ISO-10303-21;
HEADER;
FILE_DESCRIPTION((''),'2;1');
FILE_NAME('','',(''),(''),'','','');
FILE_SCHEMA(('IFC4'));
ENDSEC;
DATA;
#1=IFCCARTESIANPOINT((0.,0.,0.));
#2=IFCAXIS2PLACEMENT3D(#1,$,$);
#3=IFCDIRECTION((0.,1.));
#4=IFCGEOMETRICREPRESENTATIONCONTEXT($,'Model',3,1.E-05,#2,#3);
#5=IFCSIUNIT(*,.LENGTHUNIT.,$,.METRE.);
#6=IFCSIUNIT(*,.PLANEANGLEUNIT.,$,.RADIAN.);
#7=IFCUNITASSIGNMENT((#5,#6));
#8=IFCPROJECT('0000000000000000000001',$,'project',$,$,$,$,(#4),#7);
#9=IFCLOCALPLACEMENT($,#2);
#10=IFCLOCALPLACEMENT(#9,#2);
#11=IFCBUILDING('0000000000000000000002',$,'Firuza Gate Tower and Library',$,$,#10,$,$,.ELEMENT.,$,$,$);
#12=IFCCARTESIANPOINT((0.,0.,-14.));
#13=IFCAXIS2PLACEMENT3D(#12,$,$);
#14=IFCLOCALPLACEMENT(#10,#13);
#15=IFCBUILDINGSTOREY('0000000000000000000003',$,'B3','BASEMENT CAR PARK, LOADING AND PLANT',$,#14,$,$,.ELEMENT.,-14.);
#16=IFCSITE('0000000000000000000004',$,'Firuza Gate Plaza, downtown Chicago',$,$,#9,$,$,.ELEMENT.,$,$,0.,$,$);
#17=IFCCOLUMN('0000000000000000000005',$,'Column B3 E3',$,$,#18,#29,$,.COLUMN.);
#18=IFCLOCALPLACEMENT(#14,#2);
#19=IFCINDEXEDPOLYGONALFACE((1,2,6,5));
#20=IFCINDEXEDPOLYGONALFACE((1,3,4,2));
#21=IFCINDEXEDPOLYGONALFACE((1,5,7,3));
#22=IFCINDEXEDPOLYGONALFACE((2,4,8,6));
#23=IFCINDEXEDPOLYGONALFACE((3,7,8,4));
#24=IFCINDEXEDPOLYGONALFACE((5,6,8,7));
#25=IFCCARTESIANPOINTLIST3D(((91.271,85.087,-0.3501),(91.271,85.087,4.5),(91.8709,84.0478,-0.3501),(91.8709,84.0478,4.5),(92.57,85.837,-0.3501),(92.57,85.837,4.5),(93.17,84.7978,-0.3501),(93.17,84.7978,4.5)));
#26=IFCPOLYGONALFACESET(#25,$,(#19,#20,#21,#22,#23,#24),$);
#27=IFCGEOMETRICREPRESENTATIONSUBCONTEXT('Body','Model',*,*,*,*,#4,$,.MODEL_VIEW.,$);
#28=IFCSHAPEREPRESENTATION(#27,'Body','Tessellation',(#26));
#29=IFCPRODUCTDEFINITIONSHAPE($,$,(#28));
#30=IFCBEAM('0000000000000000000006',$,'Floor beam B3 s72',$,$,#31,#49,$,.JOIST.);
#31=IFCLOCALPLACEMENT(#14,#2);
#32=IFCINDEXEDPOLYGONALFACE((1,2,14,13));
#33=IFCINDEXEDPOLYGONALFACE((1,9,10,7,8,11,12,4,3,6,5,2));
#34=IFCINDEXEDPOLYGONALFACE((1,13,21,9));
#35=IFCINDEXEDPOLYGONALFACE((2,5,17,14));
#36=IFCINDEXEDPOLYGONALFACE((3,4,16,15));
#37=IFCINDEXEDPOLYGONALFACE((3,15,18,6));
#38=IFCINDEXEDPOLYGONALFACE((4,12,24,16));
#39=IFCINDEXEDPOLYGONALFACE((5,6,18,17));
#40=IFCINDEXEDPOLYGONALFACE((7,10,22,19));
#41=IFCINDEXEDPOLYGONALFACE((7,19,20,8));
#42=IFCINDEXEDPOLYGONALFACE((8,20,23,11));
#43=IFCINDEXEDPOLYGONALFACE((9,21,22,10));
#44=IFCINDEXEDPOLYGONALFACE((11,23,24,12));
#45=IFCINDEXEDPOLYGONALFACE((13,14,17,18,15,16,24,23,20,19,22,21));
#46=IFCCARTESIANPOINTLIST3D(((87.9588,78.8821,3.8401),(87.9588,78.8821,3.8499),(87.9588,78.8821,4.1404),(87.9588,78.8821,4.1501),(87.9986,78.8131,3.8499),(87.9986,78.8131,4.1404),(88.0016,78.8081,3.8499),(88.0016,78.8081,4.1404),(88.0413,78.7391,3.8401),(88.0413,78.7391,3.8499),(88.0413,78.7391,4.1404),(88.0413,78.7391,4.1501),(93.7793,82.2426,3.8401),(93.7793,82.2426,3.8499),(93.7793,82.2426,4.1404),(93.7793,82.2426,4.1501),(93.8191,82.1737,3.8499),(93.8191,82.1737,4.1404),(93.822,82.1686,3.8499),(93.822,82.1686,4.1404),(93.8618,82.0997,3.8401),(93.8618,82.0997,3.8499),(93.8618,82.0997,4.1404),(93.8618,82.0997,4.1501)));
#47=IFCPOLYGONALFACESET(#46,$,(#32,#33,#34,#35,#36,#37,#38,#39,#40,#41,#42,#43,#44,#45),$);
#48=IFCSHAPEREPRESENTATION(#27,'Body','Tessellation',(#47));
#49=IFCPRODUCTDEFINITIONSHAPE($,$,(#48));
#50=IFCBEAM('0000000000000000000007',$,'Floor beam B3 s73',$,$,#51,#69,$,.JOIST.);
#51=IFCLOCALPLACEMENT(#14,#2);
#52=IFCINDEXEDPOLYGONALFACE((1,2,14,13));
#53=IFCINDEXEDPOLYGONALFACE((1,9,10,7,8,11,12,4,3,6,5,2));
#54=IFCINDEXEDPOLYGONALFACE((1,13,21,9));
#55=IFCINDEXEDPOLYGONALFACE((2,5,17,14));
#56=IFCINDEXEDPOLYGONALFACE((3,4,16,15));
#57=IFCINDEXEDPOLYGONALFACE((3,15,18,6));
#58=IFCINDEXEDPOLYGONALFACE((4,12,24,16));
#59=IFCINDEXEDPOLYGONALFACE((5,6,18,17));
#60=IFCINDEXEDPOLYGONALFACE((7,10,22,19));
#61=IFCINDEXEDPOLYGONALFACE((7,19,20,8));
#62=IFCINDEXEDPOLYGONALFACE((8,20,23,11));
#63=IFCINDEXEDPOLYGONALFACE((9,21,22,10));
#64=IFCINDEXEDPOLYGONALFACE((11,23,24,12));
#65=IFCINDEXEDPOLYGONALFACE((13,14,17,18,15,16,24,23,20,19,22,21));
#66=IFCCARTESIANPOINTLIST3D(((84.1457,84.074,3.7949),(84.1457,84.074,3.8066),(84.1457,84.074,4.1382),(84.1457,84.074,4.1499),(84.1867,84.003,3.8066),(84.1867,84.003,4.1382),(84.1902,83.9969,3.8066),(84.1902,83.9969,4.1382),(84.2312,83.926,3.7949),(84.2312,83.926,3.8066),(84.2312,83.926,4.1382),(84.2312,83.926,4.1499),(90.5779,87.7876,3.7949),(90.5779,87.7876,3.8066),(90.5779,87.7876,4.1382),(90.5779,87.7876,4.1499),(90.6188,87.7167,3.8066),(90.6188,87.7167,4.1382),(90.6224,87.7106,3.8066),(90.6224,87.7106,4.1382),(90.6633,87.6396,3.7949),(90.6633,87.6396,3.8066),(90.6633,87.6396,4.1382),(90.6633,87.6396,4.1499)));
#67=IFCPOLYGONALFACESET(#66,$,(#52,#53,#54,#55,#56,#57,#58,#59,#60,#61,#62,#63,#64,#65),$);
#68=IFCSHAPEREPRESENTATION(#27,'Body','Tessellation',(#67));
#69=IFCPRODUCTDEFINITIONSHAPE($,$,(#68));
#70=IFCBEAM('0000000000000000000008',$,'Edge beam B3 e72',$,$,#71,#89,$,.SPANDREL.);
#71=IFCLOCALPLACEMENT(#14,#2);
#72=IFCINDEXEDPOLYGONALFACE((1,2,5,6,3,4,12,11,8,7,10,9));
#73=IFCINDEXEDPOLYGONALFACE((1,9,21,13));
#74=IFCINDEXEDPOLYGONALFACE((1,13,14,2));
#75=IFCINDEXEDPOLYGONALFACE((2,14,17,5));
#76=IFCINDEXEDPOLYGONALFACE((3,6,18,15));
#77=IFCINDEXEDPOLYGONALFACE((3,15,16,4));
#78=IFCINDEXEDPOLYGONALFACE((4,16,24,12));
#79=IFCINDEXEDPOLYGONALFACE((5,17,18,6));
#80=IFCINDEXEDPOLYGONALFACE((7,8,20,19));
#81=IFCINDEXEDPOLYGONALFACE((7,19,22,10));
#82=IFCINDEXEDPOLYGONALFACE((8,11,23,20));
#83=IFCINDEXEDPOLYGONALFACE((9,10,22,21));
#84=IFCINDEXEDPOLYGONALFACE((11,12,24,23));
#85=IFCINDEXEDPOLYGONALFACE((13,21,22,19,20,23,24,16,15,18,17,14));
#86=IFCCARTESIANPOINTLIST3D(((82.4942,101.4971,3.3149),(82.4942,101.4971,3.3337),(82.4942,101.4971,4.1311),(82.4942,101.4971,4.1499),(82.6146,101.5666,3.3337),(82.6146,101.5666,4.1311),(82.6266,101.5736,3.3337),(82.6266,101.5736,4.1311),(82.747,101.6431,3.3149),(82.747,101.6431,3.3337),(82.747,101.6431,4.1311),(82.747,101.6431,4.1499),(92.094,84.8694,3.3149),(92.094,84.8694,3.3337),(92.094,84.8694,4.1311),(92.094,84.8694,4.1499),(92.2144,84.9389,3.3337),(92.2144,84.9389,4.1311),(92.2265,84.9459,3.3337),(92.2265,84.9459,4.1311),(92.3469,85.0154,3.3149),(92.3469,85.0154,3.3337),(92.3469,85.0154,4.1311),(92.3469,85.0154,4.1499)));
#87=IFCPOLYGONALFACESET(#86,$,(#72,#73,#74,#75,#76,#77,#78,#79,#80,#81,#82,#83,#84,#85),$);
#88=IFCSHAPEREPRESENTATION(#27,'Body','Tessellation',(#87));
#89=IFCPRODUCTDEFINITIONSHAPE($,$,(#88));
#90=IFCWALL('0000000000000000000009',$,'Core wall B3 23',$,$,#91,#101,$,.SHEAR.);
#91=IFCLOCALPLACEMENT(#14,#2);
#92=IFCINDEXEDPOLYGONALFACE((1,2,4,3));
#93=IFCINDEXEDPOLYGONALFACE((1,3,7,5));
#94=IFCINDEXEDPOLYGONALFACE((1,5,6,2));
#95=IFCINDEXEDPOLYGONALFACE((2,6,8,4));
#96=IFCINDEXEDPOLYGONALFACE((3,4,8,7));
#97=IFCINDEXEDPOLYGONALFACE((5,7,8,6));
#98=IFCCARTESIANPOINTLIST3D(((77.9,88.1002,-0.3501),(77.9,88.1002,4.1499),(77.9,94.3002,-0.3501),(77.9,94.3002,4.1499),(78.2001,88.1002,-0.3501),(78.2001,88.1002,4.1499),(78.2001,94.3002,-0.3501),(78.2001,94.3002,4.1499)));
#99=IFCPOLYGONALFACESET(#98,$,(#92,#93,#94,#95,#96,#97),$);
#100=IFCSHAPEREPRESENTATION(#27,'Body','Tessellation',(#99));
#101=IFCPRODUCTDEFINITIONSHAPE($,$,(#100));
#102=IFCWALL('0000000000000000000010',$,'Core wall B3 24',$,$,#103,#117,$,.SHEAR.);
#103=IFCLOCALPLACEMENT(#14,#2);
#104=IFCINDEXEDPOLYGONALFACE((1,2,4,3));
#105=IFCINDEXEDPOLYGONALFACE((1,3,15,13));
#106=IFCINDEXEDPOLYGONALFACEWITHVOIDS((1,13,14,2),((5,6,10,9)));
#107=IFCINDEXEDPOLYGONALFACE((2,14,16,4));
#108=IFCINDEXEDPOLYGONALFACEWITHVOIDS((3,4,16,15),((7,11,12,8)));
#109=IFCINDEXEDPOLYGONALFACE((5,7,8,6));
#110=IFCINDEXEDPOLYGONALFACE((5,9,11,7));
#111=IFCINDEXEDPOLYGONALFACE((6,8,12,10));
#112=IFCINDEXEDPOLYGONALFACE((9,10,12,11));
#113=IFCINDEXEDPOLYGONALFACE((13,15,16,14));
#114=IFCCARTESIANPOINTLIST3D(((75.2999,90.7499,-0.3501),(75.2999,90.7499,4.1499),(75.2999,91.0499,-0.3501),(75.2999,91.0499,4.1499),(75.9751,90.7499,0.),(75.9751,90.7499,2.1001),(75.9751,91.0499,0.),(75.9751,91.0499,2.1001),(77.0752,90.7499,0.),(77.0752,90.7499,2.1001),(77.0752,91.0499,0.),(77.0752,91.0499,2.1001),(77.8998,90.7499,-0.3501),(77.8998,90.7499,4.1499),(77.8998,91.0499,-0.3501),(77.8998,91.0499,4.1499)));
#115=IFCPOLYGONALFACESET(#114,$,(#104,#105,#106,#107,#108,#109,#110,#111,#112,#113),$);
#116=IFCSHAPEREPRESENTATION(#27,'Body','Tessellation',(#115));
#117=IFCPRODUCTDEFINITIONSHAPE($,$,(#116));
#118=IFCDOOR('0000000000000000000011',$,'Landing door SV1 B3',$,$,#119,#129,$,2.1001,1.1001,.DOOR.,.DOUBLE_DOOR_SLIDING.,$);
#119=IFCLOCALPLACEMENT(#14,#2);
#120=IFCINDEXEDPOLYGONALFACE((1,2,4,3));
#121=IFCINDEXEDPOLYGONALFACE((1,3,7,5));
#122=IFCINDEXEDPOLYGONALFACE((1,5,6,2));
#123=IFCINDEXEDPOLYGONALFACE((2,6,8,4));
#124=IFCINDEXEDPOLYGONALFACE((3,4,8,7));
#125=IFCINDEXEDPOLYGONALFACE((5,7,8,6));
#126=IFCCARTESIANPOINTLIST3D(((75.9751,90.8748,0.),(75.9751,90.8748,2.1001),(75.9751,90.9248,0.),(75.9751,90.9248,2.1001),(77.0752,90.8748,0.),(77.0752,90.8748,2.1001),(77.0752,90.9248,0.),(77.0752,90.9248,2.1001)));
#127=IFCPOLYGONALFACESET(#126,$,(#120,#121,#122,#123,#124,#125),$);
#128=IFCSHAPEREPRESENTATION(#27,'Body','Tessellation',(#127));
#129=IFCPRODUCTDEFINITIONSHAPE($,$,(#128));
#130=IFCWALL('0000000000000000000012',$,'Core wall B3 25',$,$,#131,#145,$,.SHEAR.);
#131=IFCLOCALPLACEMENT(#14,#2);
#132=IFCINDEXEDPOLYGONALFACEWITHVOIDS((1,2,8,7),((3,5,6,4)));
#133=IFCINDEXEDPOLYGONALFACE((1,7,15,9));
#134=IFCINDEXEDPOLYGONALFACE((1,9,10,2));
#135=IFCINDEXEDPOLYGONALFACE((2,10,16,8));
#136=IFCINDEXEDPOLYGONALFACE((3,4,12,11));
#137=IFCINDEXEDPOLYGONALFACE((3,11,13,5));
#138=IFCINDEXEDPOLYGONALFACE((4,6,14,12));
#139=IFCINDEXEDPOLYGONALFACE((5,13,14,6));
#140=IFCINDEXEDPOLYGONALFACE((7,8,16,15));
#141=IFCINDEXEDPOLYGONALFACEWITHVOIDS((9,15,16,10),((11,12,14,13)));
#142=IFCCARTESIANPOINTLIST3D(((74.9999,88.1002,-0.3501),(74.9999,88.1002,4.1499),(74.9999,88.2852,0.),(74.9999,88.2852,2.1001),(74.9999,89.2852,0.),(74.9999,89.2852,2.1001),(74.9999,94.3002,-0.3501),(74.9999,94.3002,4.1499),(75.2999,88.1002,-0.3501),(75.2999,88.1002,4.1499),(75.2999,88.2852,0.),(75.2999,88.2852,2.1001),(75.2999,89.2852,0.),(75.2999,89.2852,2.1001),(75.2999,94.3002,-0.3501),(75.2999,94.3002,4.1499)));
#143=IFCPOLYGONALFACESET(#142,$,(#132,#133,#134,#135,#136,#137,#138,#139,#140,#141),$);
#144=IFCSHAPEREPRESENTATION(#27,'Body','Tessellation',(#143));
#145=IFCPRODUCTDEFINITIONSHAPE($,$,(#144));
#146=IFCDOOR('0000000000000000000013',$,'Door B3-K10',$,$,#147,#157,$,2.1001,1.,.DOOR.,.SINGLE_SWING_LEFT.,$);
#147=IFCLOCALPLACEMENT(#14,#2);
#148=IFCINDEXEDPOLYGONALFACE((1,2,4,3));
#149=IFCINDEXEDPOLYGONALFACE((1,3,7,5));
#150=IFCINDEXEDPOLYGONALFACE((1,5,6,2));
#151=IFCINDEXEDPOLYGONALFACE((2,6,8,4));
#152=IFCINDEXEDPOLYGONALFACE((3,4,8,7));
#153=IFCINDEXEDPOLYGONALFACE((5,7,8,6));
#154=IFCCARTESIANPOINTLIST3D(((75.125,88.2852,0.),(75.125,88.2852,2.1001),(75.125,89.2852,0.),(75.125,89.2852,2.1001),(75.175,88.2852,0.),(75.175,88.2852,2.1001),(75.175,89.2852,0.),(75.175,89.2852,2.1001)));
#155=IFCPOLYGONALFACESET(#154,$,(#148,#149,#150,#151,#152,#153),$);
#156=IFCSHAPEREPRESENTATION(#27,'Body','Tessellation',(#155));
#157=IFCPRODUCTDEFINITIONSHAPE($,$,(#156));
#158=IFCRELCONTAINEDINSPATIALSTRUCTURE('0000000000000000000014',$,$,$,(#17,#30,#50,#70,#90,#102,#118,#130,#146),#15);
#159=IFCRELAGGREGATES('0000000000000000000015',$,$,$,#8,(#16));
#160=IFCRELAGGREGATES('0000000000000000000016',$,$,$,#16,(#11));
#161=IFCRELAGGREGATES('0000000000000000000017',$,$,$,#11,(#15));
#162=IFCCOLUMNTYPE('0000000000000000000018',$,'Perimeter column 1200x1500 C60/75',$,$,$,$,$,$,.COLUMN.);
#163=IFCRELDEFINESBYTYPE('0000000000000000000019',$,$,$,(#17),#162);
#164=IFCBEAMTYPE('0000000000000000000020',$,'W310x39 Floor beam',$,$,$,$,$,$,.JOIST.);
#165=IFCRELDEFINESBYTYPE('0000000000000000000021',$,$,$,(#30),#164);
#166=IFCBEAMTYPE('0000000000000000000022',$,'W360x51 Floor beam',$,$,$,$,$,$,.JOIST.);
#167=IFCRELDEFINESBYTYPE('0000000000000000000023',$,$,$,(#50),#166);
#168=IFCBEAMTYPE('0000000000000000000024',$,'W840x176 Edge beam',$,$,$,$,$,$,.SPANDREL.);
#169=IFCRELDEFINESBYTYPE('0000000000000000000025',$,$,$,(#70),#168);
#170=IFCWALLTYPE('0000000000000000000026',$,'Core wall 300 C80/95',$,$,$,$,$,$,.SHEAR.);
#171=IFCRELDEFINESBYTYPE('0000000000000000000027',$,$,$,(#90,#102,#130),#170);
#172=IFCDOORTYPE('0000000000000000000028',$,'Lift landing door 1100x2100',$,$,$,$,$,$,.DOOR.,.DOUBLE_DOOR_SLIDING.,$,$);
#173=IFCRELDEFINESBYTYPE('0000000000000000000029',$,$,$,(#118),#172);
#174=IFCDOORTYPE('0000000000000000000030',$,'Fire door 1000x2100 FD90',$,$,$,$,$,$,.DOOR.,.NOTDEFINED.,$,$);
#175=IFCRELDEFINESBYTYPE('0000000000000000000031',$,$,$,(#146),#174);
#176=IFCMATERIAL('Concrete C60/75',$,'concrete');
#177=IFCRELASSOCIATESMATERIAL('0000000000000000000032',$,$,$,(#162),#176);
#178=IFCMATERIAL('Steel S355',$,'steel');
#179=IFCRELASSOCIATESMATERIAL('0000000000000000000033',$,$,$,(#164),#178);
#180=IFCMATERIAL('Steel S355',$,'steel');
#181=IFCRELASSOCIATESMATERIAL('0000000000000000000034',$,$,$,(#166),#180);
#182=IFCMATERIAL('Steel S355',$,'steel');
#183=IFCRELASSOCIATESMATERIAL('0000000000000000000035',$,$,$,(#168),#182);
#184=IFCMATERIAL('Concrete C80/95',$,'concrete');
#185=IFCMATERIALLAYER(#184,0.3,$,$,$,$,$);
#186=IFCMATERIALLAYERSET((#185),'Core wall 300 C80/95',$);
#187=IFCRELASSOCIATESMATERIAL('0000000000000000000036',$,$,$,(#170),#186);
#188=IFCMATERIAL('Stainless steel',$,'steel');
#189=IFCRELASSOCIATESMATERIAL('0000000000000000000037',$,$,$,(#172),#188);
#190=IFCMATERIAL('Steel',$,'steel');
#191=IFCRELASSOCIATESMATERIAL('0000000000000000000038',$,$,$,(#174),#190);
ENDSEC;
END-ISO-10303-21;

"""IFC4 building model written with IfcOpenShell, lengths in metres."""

from ifc_helpers import new_model, si_unit, direction, frame, frame_2d, origin, origin_2d, place, context, subcontext, project, spatial, rectangle, i_section, extrude, material, layer, layer_set, material_profile, profile_set, type_object, element, fill, save


model = new_model("IFC4")

# Units and contexts
model_context = context("Model", 3, precision=1e-05, world=origin(), true_north=direction((0.0, 1.0)))
body_context = subcontext(model_context, "Body", "Model", "MODEL_VIEW")
ifc_project = project(units=[si_unit("LENGTHUNIT", "METRE"), si_unit("PLANEANGLEUNIT", "RADIAN")], contexts=[model_context])

# Site, building, storey
site_placement = place(None, origin())
site = spatial("IfcSite", under=ifc_project, at=site_placement, Name="Firuza Gate Plaza, downtown Chicago", CompositionType="ELEMENT", RefElevation=0.0)
building_placement = place(site_placement, origin())
building = spatial("IfcBuilding", under=site, at=building_placement, Name="Firuza Gate Tower and Library", CompositionType="ELEMENT")
storey_placement = place(building_placement, frame((0.0, 0.0, -14.0)))
storey = spatial("IfcBuildingStorey", under=building, at=storey_placement, Name="B3", Description="BASEMENT CAR PARK, LOADING AND PLANT", CompositionType="ELEMENT", Elevation=-14.0)

# Column
ifc_material_1 = material(Name="Concrete C60/75", Category="concrete")
ifc_material_profile_1 = material_profile(ifc_material_1, rectangle(XDim=1.2, YDim=1.5, at=origin_2d()))
ifc_profile_set_1 = profile_set([ifc_material_profile_1], Name="Concrete C60/75")
column_type = type_object("IfcColumnType", Name="Perimeter column 1200x1500 C60/75", PredefinedType="COLUMN", material=ifc_profile_set_1)
column_placement = place(storey_placement, frame((92.2205, 84.9424, -0.3501), z_axis=(0.0, 0.0, 1.0), x_axis=(-0.5, 0.866025, 0.0)))
element("IfcColumn", 1, at=column_placement, inside=storey, type_object=column_type, Name="Column B3 E3", PredefinedType="COLUMN", context=body_context, shape_type="SweptSolid", body=[
    extrude(rectangle(XDim=1.2, YDim=1.5, at=origin_2d()), origin(), (0.0, 0.0, 1.0), 4.8501),
])

# Beams
ifc_material_2 = material(Name="Steel S355", Category="steel")
ifc_material_profile_2 = material_profile(ifc_material_2, i_section(OverallWidth=0.165, OverallDepth=0.3101, WebThickness=0.0059, FlangeThickness=0.0098, at=origin_2d()))
ifc_profile_set_2 = profile_set([ifc_material_profile_2], Name="Steel S355")
beam_type_1 = type_object("IfcBeamType", Name="W310x39 Floor beam", PredefinedType="JOIST", material=ifc_profile_set_2)
beam_1_placement = place(storey_placement, frame((93.8206, 82.1711, 3.9951), z_axis=(-0.866019, -0.500011, 0.0), x_axis=(0.500011, -0.866019, 0.0)))
element("IfcBeam", 2, at=beam_1_placement, inside=storey, type_object=beam_type_1, Name="Floor beam B3 s72", PredefinedType="JOIST", context=body_context, shape_type="SweptSolid", body=[
    extrude(i_section(OverallWidth=0.165, OverallDepth=0.3101, WebThickness=0.0059, FlangeThickness=0.0098, at=origin_2d()), origin(), (0.0, 0.0, 1.0), 6.7209),
])
ifc_material_3 = material(Name="Steel S355", Category="steel")
ifc_material_profile_3 = material_profile(ifc_material_3, i_section(OverallWidth=0.1709, OverallDepth=0.355, WebThickness=0.0071, FlangeThickness=0.0117, at=origin_2d()))
ifc_profile_set_3 = profile_set([ifc_material_profile_3], Name="Steel S355")
beam_type_2 = type_object("IfcBeamType", Name="W360x51 Floor beam", PredefinedType="JOIST", material=ifc_profile_set_3)
beam_2_placement = place(storey_placement, frame((90.6206, 87.7136, 3.9724), z_axis=(-0.866024, -0.500003, 0.0), x_axis=(0.500003, -0.866024, 0.0)))
element("IfcBeam", 3, at=beam_2_placement, inside=storey, type_object=beam_type_2, Name="Floor beam B3 s73", PredefinedType="JOIST", context=body_context, shape_type="SweptSolid", body=[
    extrude(i_section(OverallWidth=0.1709, OverallDepth=0.355, WebThickness=0.0071, FlangeThickness=0.0117, at=origin_2d()), origin(), (0.0, 0.0, 1.0), 7.4272),
])
ifc_material_4 = material(Name="Steel S355", Category="steel")
ifc_material_profile_4 = material_profile(ifc_material_4, i_section(OverallWidth=0.292, OverallDepth=0.835, WebThickness=0.0139, FlangeThickness=0.0188, at=origin_2d()))
ifc_profile_set_4 = profile_set([ifc_material_profile_4], Name="Steel S355")
beam_type_3 = type_object("IfcBeamType", Name="W840x176 Edge beam", PredefinedType="SPANDREL", material=ifc_profile_set_4)
beam_3_placement = place(storey_placement, frame((92.2205, 84.9424, 3.7324), z_axis=(-0.499994, 0.866029, 0.0), x_axis=(-0.866029, -0.499994, 0.0)))
element("IfcBeam", 4, at=beam_3_placement, inside=storey, type_object=beam_type_3, Name="Edge beam B3 e72", PredefinedType="SPANDREL", context=body_context, shape_type="SweptSolid", body=[
    extrude(i_section(OverallWidth=0.292, OverallDepth=0.835, WebThickness=0.0139, FlangeThickness=0.0188, at=origin_2d()), origin(), (0.0, 0.0, 1.0), 19.2),
])

# Wall
ifc_material_5 = material(Name="Concrete C80/95", Category="concrete")
ifc_layer = layer(ifc_material_5, 0.3)
ifc_layer_set = layer_set([ifc_layer], Name="Core wall 300 C80/95")
wall_type = type_object("IfcWallType", Name="Core wall 300 C80/95", PredefinedType="SHEAR", material=ifc_layer_set)
wall_1_placement = place(storey_placement, frame((78.05, 88.1001, -0.3501), z_axis=(0.0, 0.0, 1.0), x_axis=(0.0, 1.0, 0.0)))
element("IfcWall", 5, at=wall_1_placement, inside=storey, type_object=wall_type, Name="Core wall B3 23", PredefinedType="SHEAR", context=body_context, shape_type="SweptSolid", body=[
    extrude(rectangle(XDim=6.2, YDim=0.3, at=frame_2d((3.1001, 0.0))), origin(), (0.0, 0.0, 1.0), 4.5),
])

# Walls, openings, doors
wall_2_placement = place(storey_placement, frame((75.3, 90.8999, -0.3501), z_axis=(0.0, 0.0, 1.0), x_axis=(1.0, 0.0, 0.0)))
wall_2 = element("IfcWall", 6, at=wall_2_placement, inside=storey, type_object=wall_type, Name="Core wall B3 24", PredefinedType="SHEAR", context=body_context, shape_type="SweptSolid", body=[
    extrude(rectangle(XDim=2.5999, YDim=0.3, at=frame_2d((1.2998, 0.0))), origin(), (0.0, 0.0, 1.0), 4.5),
])
opening_1_placement = place(wall_2_placement, frame((0.675, 0.0, 0.3501)))
opening_1 = element("IfcOpeningElement", 7, at=opening_1_placement, cuts=wall_2, PredefinedType="OPENING", context=body_context, shape_type="SweptSolid", body=[
    extrude(rectangle(XDim=1.1001, YDim=2.1001, at=frame_2d((0.55, 1.05))), frame((0.0, 0.1602, 0.0), z_axis=(0.0, -1.0, 0.0), x_axis=(1.0, 0.0, 0.0)), (0.0, 0.0, 1.0), 0.3201),
])
ifc_material_6 = material(Name="Stainless steel", Category="steel")
door_type_1 = type_object("IfcDoorType", Name="Lift landing door 1100x2100", OperationType="DOUBLE_DOOR_SLIDING", PredefinedType="DOOR", material=ifc_material_6)
door_1_placement = place(opening_1_placement, origin())
door_1 = element("IfcDoor", 8, at=door_1_placement, inside=storey, type_object=door_type_1, Name="Landing door SV1 B3", OperationType="DOUBLE_DOOR_SLIDING", OverallHeight=2.1001, OverallWidth=1.1001, PredefinedType="DOOR", context=body_context, shape_type="SweptSolid", body=[
    extrude(rectangle(XDim=1.1001, YDim=2.1001, at=frame_2d((0.55, 1.05))), frame((0.0, 0.0249, 0.0), z_axis=(0.0, -1.0, 0.0), x_axis=(1.0, 0.0, 0.0)), (0.0, 0.0, 1.0), 0.05),
])
fill(opening_1, door_1)
wall_3_placement = place(storey_placement, frame((75.1499, 88.1001, -0.3501), z_axis=(0.0, 0.0, 1.0), x_axis=(0.0, 1.0, 0.0)))
wall_3 = element("IfcWall", 9, at=wall_3_placement, inside=storey, type_object=wall_type, Name="Core wall B3 25", PredefinedType="SHEAR", context=body_context, shape_type="SweptSolid", body=[
    extrude(rectangle(XDim=6.2, YDim=0.3, at=frame_2d((3.1001, 0.0))), origin(), (0.0, 0.0, 1.0), 4.5),
])
opening_2_placement = place(wall_3_placement, frame((0.1851, 0.0, 0.3501)))
opening_2 = element("IfcOpeningElement", 10, at=opening_2_placement, cuts=wall_3, PredefinedType="OPENING", context=body_context, shape_type="SweptSolid", body=[
    extrude(rectangle(XDim=1.0, YDim=2.1001, at=frame_2d((0.5, 1.05))), frame((0.0, 0.1602, 0.0), z_axis=(0.0, -1.0, 0.0), x_axis=(1.0, 0.0, 0.0)), (0.0, 0.0, 1.0), 0.3201),
])
ifc_material_7 = material(Name="Steel", Category="steel")
door_type_2 = type_object("IfcDoorType", Name="Fire door 1000x2100 FD90", OperationType="NOTDEFINED", PredefinedType="DOOR", material=ifc_material_7)
door_2_placement = place(opening_2_placement, origin())
door_2 = element("IfcDoor", 11, at=door_2_placement, inside=storey, type_object=door_type_2, Name="Door B3-K10", OperationType="SINGLE_SWING_LEFT", OverallHeight=2.1001, OverallWidth=1.0, PredefinedType="DOOR", context=body_context, shape_type="SweptSolid", body=[
    extrude(rectangle(XDim=1.0, YDim=2.1001, at=frame_2d((0.5, 1.05))), frame((0.0, 0.0249, 0.0), z_axis=(0.0, -1.0, 0.0), x_axis=(1.0, 0.0, 0.0)), (0.0, 0.0, 1.0), 0.05),
])
fill(opening_2, door_2)

save(model, "model.ifc")
